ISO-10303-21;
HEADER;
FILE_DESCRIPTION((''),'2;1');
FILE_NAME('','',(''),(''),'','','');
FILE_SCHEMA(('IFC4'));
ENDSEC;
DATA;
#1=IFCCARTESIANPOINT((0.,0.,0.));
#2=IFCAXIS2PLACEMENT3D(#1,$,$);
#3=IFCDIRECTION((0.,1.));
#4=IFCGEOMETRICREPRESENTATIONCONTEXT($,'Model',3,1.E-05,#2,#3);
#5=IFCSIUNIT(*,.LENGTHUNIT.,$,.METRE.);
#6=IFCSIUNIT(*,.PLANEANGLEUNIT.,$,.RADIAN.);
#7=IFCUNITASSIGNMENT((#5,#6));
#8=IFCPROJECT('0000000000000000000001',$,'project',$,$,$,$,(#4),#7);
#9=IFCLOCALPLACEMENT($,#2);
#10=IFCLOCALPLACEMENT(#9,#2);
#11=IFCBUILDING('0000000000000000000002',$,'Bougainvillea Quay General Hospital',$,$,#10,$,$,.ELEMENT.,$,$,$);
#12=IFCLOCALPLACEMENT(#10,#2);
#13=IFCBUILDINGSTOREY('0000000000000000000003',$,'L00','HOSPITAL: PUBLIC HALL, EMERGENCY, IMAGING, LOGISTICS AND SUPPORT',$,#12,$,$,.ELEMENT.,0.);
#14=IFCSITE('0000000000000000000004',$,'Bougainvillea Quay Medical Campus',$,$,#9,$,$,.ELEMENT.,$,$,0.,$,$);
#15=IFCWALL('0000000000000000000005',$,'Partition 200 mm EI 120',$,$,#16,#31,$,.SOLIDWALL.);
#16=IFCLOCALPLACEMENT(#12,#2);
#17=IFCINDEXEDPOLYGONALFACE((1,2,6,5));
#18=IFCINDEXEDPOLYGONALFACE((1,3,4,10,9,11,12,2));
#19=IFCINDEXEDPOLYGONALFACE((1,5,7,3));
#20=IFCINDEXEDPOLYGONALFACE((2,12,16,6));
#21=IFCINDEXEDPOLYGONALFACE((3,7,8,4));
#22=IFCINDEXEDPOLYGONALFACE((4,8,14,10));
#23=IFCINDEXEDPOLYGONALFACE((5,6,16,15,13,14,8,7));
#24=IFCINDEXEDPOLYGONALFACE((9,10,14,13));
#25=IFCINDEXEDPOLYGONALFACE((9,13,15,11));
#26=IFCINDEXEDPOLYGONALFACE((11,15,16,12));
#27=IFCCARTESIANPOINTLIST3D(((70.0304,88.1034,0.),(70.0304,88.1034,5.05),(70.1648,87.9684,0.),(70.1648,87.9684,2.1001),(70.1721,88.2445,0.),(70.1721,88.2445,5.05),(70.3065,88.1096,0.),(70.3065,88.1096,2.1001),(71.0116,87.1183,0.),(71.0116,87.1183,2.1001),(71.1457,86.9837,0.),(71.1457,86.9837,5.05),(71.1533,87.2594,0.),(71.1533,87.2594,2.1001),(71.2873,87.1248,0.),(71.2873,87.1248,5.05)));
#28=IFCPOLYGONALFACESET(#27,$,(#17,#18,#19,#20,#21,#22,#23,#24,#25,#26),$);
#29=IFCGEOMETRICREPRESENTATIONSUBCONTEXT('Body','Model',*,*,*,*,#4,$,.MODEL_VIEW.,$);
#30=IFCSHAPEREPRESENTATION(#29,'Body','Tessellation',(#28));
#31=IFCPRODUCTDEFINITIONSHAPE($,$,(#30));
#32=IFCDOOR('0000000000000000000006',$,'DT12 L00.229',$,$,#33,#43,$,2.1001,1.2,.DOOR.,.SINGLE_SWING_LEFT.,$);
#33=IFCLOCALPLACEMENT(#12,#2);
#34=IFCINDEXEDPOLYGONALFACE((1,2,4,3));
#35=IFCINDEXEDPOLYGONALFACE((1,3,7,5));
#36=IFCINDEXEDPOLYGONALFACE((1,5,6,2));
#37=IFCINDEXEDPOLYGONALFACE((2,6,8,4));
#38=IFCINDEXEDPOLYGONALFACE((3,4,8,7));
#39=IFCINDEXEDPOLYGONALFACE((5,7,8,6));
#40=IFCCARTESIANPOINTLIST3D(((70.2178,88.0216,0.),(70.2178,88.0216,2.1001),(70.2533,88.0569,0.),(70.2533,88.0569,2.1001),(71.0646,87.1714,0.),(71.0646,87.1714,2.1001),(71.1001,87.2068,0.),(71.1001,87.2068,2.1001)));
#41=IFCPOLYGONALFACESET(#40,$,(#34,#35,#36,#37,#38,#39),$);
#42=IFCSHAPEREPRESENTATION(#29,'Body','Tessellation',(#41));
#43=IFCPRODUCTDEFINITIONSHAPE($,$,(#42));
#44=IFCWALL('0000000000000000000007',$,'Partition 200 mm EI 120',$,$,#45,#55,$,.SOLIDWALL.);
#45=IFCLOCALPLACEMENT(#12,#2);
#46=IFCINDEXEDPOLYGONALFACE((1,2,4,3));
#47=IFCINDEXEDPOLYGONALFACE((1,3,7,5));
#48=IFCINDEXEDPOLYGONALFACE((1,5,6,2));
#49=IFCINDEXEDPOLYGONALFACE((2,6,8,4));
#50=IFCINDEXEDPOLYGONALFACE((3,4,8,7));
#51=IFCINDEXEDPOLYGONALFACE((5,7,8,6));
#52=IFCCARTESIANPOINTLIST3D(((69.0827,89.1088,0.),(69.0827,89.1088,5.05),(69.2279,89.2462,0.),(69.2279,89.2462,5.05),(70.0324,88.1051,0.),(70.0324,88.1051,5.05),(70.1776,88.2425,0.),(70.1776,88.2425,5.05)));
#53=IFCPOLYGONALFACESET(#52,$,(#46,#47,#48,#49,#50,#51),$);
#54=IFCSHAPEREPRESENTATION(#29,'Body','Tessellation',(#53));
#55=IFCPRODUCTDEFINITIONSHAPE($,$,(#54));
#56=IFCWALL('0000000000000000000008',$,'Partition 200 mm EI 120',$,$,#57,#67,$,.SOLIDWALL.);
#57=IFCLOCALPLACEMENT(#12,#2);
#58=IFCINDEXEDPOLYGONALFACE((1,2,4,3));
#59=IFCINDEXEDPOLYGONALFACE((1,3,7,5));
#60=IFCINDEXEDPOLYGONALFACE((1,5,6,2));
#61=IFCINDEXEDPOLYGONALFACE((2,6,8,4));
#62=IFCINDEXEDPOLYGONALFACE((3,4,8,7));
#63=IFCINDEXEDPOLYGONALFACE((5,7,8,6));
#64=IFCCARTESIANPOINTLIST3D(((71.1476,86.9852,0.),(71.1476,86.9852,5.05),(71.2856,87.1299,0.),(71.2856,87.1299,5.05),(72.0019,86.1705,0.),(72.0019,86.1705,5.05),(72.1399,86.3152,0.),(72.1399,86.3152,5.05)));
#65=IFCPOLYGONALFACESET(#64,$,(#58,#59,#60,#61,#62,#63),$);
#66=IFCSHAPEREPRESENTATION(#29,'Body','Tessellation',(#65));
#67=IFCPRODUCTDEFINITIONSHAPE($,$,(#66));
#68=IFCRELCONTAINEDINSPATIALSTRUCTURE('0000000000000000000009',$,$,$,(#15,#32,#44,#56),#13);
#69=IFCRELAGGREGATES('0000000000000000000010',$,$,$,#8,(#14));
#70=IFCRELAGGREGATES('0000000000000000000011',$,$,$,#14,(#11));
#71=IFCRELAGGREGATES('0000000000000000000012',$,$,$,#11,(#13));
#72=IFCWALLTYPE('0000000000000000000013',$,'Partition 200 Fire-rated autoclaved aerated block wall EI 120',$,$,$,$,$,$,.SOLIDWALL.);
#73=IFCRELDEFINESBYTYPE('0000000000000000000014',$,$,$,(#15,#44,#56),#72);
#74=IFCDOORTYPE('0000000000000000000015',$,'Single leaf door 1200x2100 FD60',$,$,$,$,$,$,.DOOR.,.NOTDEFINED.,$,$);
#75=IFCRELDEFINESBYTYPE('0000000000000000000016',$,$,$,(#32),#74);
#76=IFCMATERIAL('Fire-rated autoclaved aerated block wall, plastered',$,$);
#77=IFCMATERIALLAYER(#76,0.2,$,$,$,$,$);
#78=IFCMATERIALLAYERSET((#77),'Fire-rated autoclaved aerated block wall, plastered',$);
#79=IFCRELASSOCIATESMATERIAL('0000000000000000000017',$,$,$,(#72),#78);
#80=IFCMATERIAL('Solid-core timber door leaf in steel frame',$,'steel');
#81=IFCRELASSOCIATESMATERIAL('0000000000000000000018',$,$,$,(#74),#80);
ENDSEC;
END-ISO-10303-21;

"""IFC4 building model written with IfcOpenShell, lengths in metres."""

from ifc_helpers import new_model, si_unit, direction, frame, frame_2d, origin, place, context, subcontext, project, spatial, rectangle, extrude, material, layer, layer_set, type_object, element, fill, save


model = new_model("IFC4")

# Units and contexts
model_context = context("Model", 3, precision=1e-05, world=origin(), true_north=direction((0.0, 1.0)))
body_context = subcontext(model_context, "Body", "Model", "MODEL_VIEW")
ifc_project = project(units=[si_unit("LENGTHUNIT", "METRE"), si_unit("PLANEANGLEUNIT", "RADIAN")], contexts=[model_context])

# Site, building, storey
site_placement = place(None, origin())
site = spatial("IfcSite", under=ifc_project, at=site_placement, Name="Bougainvillea Quay Medical Campus", CompositionType="ELEMENT", RefElevation=0.0)
building_placement = place(site_placement, origin())
building = spatial("IfcBuilding", under=site, at=building_placement, Name="Bougainvillea Quay General Hospital", CompositionType="ELEMENT")
storey_placement = place(building_placement, origin())
storey = spatial("IfcBuildingStorey", under=building, at=storey_placement, Name="L00", Description="HOSPITAL: PUBLIC HALL, EMERGENCY, IMAGING, LOGISTICS AND SUPPORT", CompositionType="ELEMENT", Elevation=0.0)

# Shared definitions
ifc_material_1 = material(Name="Solid-core timber door leaf in steel frame", Category="steel")

# Wall, opening, door
ifc_material_2 = material(Name="Fire-rated autoclaved aerated block wall, plastered")
ifc_layer_1 = layer(ifc_material_2, 0.2)
ifc_layer_set_1 = layer_set([ifc_layer_1], Name="Fire-rated autoclaved aerated block wall, plastered")
wall_type_1 = type_object("IfcWallType", Name="Partition 200 Fire-rated autoclaved aerated block wall EI 120", PredefinedType="SOLIDWALL", material=ifc_layer_set_1)
wall_1_placement = place(storey_placement, frame((70.1013, 88.1738, 0.0), z_axis=(0.0, 0.0, 1.0), x_axis=(0.705715, -0.708496, 0.0)))
wall_1 = element("IfcWall", 1, at=wall_1_placement, inside=storey, type_object=wall_type_1, Name="Partition 200 mm EI 120", PredefinedType="SOLIDWALL", context=body_context, shape_type="SweptSolid", body=[
    extrude(rectangle(XDim=1.5803, YDim=0.2, at=frame_2d((0.79, 0.0))), origin(), (0.0, 0.0, 1.0), 5.05),
])
opening_1_placement = place(wall_1_placement, frame((0.1902, 0.0, 0.0)))
opening_1 = element("IfcOpeningElement", 2, at=opening_1_placement, cuts=wall_1, PredefinedType="OPENING", context=body_context, shape_type="SweptSolid", body=[
    extrude(rectangle(XDim=1.2, YDim=2.1001, at=frame_2d((0.6001, 1.05))), frame((0.0, 0.1099, 0.0), z_axis=(0.0, -1.0, 0.0), x_axis=(1.0, 0.0, 0.0)), (0.0, 0.0, 1.0), 0.22),
])
door_type_1 = type_object("IfcDoorType", Name="Single leaf door 1200x2100 FD60", OperationType="NOTDEFINED", PredefinedType="DOOR", material=ifc_material_1)
door_1_placement = place(opening_1_placement, frame((1.2, 0.0, 0.0), z_axis=(0.0, 0.0, 1.0), x_axis=(-1.0, 0.0, 0.0)))
door_1 = element("IfcDoor", 3, at=door_1_placement, inside=storey, type_object=door_type_1, Name="DT12 L00.229", OperationType="SINGLE_SWING_LEFT", OverallHeight=2.1001, OverallWidth=1.2, PredefinedType="DOOR", context=body_context, shape_type="SweptSolid", body=[
    extrude(rectangle(XDim=1.2, YDim=2.1001, at=frame_2d((0.6001, 1.05))), frame((0.0, 0.0249, 0.0), z_axis=(0.0, -1.0, 0.0), x_axis=(1.0, 0.0, 0.0)), (0.0, 0.0, 1.0), 0.05),
])
fill(opening_1, door_1)

# Walls
wall_2_placement = place(storey_placement, frame((69.1553, 89.1775, 0.0), z_axis=(0.0, 0.0, 1.0), x_axis=(0.687313, -0.726361, 0.0)))
element("IfcWall", 4, at=wall_2_placement, inside=storey, type_object=wall_type_1, Name="Partition 200 mm EI 120", PredefinedType="SOLIDWALL", context=body_context, shape_type="SweptSolid", body=[
    extrude(rectangle(XDim=1.3818, YDim=0.2, at=frame_2d((0.6909, 0.0))), origin(), (0.0, 0.0, 1.0), 5.05),
])
wall_3_placement = place(storey_placement, frame((71.2166, 87.0576, 0.0), z_axis=(0.0, 0.0, 1.0), x_axis=(0.723661, -0.690156, 0.0)))
element("IfcWall", 5, at=wall_3_placement, inside=storey, type_object=wall_type_1, Name="Partition 200 mm EI 120", PredefinedType="SOLIDWALL", context=body_context, shape_type="SweptSolid", body=[
    extrude(rectangle(XDim=1.1804, YDim=0.2, at=frame_2d((0.5903, 0.0))), origin(), (0.0, 0.0, 1.0), 5.05),
])

save(model, "model.ifc")
